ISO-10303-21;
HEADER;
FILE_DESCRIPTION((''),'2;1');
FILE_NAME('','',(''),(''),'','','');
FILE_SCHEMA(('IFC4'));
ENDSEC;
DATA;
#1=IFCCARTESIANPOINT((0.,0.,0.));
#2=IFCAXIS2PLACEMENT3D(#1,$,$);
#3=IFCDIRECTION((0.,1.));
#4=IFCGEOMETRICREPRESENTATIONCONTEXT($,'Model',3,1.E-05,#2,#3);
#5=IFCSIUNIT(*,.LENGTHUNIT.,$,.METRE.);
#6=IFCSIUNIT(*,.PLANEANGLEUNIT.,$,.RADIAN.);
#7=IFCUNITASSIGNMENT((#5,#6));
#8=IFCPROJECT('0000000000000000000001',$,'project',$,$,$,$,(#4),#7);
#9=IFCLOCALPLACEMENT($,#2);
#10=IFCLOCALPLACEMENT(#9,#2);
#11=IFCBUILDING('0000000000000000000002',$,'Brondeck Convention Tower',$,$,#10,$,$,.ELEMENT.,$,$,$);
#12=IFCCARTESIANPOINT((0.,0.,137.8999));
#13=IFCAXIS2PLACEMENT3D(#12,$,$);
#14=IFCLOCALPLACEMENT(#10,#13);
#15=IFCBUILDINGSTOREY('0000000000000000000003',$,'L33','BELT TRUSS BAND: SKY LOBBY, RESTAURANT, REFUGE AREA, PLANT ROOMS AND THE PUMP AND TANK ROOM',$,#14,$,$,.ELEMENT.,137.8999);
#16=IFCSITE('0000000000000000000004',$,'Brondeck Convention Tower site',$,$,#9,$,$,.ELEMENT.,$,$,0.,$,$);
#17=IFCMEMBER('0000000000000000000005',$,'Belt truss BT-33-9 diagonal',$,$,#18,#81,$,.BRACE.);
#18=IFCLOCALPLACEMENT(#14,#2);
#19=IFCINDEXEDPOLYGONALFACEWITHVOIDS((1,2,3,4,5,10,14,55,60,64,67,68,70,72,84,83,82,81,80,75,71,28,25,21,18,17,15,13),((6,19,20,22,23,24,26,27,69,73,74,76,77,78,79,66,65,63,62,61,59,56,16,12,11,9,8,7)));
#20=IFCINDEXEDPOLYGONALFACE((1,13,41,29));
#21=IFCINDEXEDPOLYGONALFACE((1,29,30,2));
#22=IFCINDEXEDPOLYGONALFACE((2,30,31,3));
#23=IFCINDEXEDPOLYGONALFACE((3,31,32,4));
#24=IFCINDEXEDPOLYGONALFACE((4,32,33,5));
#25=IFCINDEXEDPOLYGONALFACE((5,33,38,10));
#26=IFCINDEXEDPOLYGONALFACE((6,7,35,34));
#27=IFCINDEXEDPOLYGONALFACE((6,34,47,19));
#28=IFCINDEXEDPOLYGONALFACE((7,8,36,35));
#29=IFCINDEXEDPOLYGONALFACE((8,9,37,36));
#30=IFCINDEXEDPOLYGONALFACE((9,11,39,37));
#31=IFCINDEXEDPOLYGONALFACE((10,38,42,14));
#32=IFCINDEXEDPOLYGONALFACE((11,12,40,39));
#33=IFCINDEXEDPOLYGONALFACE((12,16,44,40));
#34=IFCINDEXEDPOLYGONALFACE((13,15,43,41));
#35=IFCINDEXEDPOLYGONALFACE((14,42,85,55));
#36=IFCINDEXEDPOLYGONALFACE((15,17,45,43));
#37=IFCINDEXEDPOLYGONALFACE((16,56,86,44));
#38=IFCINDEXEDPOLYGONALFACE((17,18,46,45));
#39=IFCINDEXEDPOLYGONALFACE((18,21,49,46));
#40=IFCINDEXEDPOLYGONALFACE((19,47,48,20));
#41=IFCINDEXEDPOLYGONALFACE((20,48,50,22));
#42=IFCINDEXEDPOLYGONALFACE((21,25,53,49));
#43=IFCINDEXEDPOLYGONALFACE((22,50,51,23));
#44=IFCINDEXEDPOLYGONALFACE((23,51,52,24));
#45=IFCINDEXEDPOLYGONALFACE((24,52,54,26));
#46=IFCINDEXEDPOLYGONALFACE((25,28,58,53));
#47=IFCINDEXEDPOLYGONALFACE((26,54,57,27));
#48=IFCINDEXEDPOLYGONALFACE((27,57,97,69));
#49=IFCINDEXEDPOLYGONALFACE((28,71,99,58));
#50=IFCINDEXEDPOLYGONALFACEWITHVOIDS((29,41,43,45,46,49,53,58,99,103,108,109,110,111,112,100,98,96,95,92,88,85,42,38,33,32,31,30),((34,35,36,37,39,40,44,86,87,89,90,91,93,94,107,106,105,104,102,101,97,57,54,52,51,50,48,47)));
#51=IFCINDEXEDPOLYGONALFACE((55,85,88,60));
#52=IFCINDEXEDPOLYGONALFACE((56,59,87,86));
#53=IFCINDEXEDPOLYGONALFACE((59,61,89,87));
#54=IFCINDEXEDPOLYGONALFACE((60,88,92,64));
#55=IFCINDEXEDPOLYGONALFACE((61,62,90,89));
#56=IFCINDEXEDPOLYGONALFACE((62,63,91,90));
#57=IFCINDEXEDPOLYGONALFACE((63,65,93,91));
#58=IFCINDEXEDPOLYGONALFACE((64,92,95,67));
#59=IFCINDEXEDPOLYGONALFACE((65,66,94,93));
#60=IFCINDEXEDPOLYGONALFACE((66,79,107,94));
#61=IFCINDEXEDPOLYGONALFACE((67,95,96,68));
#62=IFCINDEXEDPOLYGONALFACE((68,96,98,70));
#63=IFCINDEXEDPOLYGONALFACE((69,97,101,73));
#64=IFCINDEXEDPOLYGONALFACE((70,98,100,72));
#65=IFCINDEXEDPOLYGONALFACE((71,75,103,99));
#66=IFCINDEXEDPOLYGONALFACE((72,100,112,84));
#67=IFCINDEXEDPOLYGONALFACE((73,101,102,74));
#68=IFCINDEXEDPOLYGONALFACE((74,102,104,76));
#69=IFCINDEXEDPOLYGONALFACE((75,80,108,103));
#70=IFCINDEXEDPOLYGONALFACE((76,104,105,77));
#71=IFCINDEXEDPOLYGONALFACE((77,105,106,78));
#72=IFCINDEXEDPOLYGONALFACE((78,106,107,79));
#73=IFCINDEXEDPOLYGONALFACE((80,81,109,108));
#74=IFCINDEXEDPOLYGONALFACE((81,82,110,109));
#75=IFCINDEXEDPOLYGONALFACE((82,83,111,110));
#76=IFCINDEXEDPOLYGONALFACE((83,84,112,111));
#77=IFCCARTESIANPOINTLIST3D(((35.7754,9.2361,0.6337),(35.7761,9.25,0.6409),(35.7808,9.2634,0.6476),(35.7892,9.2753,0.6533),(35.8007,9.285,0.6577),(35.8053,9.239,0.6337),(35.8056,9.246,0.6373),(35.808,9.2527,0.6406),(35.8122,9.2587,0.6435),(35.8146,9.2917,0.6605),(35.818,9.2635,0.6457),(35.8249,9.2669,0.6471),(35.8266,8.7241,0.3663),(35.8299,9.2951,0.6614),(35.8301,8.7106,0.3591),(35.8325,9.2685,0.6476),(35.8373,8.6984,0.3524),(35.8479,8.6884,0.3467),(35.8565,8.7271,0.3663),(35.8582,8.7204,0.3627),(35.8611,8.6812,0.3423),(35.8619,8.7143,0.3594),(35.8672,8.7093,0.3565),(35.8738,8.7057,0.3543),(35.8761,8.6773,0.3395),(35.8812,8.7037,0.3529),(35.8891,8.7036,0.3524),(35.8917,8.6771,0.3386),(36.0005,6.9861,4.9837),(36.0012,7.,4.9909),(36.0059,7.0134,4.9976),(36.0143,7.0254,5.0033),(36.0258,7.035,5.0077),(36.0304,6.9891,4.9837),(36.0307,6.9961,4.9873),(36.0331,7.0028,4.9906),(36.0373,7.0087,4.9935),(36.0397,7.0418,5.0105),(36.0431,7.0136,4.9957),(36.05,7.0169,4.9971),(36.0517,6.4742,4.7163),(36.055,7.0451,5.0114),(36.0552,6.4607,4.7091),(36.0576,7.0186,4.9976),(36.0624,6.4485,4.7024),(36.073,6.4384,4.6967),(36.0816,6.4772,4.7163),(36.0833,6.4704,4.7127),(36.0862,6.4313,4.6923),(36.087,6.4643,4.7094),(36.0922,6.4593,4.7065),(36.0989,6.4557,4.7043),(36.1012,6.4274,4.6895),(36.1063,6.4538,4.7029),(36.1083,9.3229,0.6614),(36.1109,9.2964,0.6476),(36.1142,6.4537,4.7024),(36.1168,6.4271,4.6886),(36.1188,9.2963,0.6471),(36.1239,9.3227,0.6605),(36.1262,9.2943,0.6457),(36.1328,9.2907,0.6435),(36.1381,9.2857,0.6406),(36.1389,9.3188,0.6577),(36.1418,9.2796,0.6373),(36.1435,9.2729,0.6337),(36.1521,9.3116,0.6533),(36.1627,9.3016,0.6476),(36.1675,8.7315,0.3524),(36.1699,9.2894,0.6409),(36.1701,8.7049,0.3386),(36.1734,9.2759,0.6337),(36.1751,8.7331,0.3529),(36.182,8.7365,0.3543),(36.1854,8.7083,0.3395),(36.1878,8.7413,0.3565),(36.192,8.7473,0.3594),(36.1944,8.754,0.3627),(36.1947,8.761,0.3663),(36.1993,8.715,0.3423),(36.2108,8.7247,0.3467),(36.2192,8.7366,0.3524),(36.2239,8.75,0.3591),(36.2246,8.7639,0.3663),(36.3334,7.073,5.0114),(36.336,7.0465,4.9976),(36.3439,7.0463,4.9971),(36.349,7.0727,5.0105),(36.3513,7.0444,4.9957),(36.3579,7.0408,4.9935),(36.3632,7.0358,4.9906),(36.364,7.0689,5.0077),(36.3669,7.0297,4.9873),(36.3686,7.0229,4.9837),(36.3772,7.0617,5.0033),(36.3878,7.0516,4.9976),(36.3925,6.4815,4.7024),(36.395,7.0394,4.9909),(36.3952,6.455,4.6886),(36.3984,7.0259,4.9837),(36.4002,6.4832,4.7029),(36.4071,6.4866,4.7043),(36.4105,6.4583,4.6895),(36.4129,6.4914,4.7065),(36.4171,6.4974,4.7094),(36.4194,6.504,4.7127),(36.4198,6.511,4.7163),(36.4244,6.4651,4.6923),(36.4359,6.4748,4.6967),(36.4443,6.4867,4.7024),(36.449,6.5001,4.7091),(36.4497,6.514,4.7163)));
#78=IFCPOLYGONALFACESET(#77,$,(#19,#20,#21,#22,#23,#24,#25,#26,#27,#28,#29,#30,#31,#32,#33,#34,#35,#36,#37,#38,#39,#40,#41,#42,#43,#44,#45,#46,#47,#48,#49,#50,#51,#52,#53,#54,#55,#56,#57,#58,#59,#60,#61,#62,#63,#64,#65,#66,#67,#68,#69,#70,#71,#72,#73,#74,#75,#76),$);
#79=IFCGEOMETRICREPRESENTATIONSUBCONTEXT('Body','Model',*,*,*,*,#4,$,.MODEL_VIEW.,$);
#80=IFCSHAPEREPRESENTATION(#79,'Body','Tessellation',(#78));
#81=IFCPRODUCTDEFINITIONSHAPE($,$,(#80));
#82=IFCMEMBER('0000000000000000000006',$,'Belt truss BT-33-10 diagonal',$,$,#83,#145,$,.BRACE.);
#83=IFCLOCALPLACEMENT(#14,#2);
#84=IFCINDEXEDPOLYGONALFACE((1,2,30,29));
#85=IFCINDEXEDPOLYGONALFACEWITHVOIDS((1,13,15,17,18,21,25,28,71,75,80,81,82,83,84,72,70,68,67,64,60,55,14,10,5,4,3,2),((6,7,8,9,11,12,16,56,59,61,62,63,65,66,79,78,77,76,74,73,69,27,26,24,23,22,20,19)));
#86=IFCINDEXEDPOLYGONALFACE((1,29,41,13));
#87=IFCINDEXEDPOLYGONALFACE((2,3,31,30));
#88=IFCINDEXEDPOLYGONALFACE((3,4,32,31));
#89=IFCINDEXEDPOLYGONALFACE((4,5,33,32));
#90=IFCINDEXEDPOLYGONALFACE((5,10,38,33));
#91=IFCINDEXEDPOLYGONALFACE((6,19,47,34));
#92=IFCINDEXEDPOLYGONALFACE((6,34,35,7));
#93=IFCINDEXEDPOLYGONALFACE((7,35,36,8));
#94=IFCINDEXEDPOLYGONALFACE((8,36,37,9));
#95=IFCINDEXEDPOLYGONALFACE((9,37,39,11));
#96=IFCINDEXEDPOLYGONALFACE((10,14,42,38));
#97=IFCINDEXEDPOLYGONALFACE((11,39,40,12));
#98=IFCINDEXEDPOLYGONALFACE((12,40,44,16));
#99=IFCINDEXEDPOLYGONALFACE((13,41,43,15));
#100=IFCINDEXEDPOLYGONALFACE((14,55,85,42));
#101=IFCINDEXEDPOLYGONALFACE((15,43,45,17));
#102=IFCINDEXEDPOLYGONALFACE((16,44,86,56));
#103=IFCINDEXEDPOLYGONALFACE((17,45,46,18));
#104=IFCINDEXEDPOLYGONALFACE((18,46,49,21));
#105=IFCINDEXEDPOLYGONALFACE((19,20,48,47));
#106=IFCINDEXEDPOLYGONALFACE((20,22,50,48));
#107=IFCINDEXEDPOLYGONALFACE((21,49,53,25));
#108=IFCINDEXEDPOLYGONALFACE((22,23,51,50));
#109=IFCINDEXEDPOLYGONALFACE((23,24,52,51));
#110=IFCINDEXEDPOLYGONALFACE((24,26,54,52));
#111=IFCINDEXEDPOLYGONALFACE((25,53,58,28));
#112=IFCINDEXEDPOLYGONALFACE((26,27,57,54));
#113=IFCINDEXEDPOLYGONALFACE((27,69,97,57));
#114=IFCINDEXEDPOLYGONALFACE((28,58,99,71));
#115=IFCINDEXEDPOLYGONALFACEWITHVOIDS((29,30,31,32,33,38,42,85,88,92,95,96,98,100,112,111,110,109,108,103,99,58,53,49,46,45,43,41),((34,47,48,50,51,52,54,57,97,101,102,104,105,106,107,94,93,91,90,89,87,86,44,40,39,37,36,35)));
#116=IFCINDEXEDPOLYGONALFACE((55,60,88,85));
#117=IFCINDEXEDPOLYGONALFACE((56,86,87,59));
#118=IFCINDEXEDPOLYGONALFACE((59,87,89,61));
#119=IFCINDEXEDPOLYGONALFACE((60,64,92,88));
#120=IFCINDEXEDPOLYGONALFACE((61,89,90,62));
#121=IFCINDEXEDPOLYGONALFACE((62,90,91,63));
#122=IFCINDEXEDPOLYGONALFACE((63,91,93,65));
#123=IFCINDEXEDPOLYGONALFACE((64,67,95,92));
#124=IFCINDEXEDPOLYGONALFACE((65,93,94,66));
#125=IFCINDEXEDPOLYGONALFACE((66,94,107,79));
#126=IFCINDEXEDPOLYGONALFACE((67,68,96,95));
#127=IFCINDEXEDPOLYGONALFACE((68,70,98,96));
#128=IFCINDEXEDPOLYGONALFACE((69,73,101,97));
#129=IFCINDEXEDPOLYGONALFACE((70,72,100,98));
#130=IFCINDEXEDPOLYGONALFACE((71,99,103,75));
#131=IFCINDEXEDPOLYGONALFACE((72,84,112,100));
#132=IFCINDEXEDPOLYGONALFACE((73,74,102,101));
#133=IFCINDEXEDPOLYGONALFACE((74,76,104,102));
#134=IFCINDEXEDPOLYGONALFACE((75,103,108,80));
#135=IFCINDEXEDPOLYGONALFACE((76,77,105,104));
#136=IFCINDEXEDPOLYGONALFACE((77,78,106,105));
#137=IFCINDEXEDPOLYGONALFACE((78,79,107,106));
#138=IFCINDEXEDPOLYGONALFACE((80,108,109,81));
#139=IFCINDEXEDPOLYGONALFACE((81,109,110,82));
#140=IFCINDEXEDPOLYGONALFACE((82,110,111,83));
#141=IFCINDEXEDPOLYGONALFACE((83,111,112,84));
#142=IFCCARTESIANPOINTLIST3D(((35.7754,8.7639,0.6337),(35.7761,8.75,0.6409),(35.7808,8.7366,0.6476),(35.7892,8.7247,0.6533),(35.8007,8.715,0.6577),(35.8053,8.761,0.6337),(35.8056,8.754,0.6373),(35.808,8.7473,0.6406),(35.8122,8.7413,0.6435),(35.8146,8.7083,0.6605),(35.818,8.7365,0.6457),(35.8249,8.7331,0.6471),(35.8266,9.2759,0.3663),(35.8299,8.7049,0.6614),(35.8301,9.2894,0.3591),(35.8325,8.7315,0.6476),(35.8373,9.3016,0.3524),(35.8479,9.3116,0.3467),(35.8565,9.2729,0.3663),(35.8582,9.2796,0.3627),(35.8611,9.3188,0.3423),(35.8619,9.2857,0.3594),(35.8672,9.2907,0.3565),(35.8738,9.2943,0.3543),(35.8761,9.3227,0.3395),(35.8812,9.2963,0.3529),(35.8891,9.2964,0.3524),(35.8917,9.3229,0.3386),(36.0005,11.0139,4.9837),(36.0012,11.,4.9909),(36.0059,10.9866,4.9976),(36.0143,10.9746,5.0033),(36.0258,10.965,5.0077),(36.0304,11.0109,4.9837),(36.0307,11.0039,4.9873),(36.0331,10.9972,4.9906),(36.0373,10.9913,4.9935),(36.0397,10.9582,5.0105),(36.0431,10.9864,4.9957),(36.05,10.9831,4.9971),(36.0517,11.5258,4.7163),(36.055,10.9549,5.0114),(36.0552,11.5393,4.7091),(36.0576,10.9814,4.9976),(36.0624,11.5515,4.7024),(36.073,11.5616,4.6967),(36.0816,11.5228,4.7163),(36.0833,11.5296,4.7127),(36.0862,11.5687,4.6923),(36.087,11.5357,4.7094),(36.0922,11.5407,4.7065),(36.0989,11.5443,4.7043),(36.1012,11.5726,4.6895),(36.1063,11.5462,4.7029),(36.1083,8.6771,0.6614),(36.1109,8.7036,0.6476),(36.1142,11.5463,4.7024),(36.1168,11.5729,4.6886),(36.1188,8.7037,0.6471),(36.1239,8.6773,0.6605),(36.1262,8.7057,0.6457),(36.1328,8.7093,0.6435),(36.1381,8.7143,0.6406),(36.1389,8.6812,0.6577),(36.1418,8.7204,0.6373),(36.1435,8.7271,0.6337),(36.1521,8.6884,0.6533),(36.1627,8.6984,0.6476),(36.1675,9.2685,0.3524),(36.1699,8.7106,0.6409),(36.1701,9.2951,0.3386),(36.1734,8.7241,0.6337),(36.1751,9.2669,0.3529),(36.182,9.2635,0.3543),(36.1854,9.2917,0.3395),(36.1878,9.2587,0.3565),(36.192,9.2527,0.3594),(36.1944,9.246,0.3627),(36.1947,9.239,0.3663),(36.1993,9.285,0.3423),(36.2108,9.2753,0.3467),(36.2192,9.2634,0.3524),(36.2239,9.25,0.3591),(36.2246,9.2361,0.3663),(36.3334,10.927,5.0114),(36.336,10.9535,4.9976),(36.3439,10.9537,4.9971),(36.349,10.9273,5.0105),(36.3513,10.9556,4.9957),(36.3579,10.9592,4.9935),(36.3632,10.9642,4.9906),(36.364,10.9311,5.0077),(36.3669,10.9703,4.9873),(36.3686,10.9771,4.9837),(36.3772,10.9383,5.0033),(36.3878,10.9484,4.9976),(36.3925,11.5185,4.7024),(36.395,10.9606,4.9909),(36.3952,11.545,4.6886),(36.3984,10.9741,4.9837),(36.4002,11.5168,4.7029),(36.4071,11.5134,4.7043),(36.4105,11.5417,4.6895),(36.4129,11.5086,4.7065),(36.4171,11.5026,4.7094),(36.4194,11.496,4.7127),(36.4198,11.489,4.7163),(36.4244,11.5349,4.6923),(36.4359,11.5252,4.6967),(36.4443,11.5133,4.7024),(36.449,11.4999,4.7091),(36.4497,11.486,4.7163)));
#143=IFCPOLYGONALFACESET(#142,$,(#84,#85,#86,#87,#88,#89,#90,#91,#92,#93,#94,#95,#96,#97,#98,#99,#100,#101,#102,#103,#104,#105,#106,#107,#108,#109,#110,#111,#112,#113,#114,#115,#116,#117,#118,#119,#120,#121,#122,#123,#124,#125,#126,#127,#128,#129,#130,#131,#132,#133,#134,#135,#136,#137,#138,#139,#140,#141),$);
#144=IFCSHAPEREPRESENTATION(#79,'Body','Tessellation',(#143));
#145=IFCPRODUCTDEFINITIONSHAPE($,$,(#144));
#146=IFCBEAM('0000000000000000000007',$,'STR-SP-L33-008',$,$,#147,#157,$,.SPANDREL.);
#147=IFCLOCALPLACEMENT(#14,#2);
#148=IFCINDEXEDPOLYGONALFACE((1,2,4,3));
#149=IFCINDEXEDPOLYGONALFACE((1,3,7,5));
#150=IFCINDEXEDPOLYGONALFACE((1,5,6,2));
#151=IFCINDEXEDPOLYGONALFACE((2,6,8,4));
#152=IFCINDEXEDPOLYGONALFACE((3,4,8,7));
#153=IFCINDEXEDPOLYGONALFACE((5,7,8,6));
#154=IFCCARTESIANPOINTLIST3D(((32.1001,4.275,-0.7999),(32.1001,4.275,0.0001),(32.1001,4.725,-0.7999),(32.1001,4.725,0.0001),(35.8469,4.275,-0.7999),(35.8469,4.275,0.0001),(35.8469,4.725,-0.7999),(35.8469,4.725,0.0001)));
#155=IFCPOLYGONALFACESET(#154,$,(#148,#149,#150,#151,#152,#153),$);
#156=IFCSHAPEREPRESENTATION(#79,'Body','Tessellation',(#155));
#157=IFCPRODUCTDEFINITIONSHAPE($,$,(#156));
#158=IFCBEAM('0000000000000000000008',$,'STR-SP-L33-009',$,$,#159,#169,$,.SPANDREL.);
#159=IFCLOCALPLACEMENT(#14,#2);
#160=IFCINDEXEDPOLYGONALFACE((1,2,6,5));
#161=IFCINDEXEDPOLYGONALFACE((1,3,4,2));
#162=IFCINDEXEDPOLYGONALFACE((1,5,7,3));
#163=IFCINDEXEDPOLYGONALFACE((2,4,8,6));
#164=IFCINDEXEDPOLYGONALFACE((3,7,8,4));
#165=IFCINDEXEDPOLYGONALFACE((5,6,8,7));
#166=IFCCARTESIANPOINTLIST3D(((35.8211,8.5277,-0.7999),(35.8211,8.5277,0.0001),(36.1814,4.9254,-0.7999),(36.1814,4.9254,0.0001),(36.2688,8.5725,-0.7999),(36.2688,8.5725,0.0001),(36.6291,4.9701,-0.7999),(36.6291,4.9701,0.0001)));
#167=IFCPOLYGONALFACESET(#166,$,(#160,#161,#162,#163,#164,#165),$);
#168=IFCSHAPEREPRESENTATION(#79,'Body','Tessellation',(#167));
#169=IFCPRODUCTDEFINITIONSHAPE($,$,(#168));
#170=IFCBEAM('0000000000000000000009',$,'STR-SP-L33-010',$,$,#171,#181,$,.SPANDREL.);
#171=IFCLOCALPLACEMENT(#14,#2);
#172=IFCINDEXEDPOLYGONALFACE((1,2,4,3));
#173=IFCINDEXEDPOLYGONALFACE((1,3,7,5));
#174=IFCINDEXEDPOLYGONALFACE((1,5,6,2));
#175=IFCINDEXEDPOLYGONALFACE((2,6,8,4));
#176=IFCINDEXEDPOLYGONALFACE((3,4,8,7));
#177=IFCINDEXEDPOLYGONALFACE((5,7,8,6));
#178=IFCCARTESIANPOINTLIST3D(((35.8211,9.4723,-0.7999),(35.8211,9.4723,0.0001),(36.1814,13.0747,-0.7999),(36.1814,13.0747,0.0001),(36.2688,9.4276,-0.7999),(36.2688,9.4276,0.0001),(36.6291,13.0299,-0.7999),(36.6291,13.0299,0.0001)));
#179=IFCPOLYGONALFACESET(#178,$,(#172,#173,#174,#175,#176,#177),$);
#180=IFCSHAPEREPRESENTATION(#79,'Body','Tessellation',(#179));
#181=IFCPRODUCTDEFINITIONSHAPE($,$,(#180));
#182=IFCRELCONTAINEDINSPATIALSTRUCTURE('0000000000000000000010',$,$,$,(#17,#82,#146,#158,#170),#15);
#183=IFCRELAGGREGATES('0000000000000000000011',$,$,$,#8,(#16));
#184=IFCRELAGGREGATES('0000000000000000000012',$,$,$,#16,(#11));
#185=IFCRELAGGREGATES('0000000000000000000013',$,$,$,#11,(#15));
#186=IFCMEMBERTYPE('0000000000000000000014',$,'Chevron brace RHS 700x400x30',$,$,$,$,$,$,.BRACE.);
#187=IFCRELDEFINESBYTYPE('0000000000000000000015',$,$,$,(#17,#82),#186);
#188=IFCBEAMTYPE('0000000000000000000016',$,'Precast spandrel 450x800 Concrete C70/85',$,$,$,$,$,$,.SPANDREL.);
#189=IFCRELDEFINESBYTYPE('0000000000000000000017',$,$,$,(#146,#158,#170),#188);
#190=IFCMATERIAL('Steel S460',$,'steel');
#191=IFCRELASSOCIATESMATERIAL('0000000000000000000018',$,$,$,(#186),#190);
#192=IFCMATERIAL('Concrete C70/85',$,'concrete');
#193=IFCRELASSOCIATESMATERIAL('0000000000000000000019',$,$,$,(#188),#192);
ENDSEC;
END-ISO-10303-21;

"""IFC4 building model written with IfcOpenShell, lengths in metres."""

from ifc_helpers import new_model, si_unit, direction, frame, origin, origin_2d, place, context, subcontext, project, spatial, rectangle, hollow_rectangle, extrude, material, material_profile, profile_set, type_object, element, save


model = new_model("IFC4")

# Units and contexts
model_context = context("Model", 3, precision=1e-05, world=origin(), true_north=direction((0.0, 1.0)))
body_context = subcontext(model_context, "Body", "Model", "MODEL_VIEW")
ifc_project = project(units=[si_unit("LENGTHUNIT", "METRE"), si_unit("PLANEANGLEUNIT", "RADIAN")], contexts=[model_context])

# Site, building, storey
site_placement = place(None, origin())
site = spatial("IfcSite", under=ifc_project, at=site_placement, Name="Brondeck Convention Tower site", CompositionType="ELEMENT", RefElevation=0.0)
building_placement = place(site_placement, origin())
building = spatial("IfcBuilding", under=site, at=building_placement, Name="Brondeck Convention Tower", CompositionType="ELEMENT")
storey_placement = place(building_placement, frame((0.0, 0.0, 137.8999)))
storey = spatial("IfcBuildingStorey", under=building, at=storey_placement, Name="L33", Description="BELT TRUSS BAND: SKY LOBBY, RESTAURANT, REFUGE AREA, PLANT ROOMS AND THE PUMP AND TANK ROOM", CompositionType="ELEMENT", Elevation=137.8999)

# Shared definitions
ifc_material_1 = material(Name="Concrete C70/85", Category="concrete")

# Members
ifc_material_2 = material(Name="Steel S460", Category="steel")
ifc_material_profile_1 = material_profile(ifc_material_2, hollow_rectangle(XDim=0.3999, YDim=0.7, WallThickness=0.03, InnerFilletRadius=0.03, OuterFilletRadius=0.0601, at=origin_2d()), Name="RHS 700x400x30")
ifc_profile_set_1 = profile_set([ifc_material_profile_1], Name="Steel S460")
member_type_1 = type_object("IfcMemberType", Name="Chevron brace RHS 700x400x30", PredefinedType="BRACE", material=ifc_profile_set_1)
for number, where, z_axis, x_axis, name in (
    (1, (36.0, 9.0, 0.5), (0.045913, -0.45893, 0.887285), (0.995033, 0.099546, 0.0), "Belt truss BT-33-9 diagonal"),
    (2, (36.0, 9.0, 0.5), (0.045913, 0.45893, 0.887285), (-0.995033, 0.099546, 0.0), "Belt truss BT-33-10 diagonal"),
):
    element("IfcMember", number, at=place(storey_placement, frame(where, z_axis=z_axis, x_axis=x_axis)), inside=storey, type_object=member_type_1, Name=name, PredefinedType="BRACE", context=body_context, shape_type="SweptSolid", body=[
        extrude(hollow_rectangle(XDim=0.3999, YDim=0.7, WallThickness=0.03, InnerFilletRadius=0.03, OuterFilletRadius=0.0601, at=origin_2d()), origin(), (0.0, 0.0, 1.0), 4.9026),
    ])

# Beams
ifc_material_profile_2 = material_profile(ifc_material_1, rectangle(XDim=0.45, YDim=0.8, at=origin_2d()), Name="Precast spandrel 450x800 Concrete C70/85")
ifc_profile_set_2 = profile_set([ifc_material_profile_2], Name="Concrete C70/85")
beam_type = type_object("IfcBeamType", Name="Precast spandrel 450x800 Concrete C70/85", PredefinedType="SPANDREL", material=ifc_profile_set_2)
beam_placement = place(storey_placement, frame((32.1001, 4.5, -0.3999), z_axis=(1.0, 0.0, 0.0), x_axis=(0.0, 1.0, 0.0)))
element("IfcBeam", 3, at=beam_placement, inside=storey, type_object=beam_type, Name="STR-SP-L33-008", PredefinedType="SPANDREL", context=body_context, shape_type="SweptSolid", body=[
    extrude(rectangle(XDim=0.45, YDim=0.8, at=origin_2d()), origin(), (0.0, 0.0, 1.0), 3.7468),
])
for number, where, z_axis, x_axis, name in (
    (4, (36.4053, 4.9478, -0.3999), (-0.099537, 0.995034, 0.0), (-0.995034, -0.099537, 0.0), "STR-SP-L33-009"),
    (5, (36.0449, 9.45, -0.3999), (0.099537, 0.995034, 0.0), (-0.995034, 0.099537, 0.0), "STR-SP-L33-010"),
):
    element("IfcBeam", number, at=place(storey_placement, frame(where, z_axis=z_axis, x_axis=x_axis)), inside=storey, type_object=beam_type, Name=name, PredefinedType="SPANDREL", context=body_context, shape_type="SweptSolid", body=[
        extrude(rectangle(XDim=0.45, YDim=0.8, at=origin_2d()), origin(), (0.0, 0.0, 1.0), 3.6204),
    ])

save(model, "model.ifc")
